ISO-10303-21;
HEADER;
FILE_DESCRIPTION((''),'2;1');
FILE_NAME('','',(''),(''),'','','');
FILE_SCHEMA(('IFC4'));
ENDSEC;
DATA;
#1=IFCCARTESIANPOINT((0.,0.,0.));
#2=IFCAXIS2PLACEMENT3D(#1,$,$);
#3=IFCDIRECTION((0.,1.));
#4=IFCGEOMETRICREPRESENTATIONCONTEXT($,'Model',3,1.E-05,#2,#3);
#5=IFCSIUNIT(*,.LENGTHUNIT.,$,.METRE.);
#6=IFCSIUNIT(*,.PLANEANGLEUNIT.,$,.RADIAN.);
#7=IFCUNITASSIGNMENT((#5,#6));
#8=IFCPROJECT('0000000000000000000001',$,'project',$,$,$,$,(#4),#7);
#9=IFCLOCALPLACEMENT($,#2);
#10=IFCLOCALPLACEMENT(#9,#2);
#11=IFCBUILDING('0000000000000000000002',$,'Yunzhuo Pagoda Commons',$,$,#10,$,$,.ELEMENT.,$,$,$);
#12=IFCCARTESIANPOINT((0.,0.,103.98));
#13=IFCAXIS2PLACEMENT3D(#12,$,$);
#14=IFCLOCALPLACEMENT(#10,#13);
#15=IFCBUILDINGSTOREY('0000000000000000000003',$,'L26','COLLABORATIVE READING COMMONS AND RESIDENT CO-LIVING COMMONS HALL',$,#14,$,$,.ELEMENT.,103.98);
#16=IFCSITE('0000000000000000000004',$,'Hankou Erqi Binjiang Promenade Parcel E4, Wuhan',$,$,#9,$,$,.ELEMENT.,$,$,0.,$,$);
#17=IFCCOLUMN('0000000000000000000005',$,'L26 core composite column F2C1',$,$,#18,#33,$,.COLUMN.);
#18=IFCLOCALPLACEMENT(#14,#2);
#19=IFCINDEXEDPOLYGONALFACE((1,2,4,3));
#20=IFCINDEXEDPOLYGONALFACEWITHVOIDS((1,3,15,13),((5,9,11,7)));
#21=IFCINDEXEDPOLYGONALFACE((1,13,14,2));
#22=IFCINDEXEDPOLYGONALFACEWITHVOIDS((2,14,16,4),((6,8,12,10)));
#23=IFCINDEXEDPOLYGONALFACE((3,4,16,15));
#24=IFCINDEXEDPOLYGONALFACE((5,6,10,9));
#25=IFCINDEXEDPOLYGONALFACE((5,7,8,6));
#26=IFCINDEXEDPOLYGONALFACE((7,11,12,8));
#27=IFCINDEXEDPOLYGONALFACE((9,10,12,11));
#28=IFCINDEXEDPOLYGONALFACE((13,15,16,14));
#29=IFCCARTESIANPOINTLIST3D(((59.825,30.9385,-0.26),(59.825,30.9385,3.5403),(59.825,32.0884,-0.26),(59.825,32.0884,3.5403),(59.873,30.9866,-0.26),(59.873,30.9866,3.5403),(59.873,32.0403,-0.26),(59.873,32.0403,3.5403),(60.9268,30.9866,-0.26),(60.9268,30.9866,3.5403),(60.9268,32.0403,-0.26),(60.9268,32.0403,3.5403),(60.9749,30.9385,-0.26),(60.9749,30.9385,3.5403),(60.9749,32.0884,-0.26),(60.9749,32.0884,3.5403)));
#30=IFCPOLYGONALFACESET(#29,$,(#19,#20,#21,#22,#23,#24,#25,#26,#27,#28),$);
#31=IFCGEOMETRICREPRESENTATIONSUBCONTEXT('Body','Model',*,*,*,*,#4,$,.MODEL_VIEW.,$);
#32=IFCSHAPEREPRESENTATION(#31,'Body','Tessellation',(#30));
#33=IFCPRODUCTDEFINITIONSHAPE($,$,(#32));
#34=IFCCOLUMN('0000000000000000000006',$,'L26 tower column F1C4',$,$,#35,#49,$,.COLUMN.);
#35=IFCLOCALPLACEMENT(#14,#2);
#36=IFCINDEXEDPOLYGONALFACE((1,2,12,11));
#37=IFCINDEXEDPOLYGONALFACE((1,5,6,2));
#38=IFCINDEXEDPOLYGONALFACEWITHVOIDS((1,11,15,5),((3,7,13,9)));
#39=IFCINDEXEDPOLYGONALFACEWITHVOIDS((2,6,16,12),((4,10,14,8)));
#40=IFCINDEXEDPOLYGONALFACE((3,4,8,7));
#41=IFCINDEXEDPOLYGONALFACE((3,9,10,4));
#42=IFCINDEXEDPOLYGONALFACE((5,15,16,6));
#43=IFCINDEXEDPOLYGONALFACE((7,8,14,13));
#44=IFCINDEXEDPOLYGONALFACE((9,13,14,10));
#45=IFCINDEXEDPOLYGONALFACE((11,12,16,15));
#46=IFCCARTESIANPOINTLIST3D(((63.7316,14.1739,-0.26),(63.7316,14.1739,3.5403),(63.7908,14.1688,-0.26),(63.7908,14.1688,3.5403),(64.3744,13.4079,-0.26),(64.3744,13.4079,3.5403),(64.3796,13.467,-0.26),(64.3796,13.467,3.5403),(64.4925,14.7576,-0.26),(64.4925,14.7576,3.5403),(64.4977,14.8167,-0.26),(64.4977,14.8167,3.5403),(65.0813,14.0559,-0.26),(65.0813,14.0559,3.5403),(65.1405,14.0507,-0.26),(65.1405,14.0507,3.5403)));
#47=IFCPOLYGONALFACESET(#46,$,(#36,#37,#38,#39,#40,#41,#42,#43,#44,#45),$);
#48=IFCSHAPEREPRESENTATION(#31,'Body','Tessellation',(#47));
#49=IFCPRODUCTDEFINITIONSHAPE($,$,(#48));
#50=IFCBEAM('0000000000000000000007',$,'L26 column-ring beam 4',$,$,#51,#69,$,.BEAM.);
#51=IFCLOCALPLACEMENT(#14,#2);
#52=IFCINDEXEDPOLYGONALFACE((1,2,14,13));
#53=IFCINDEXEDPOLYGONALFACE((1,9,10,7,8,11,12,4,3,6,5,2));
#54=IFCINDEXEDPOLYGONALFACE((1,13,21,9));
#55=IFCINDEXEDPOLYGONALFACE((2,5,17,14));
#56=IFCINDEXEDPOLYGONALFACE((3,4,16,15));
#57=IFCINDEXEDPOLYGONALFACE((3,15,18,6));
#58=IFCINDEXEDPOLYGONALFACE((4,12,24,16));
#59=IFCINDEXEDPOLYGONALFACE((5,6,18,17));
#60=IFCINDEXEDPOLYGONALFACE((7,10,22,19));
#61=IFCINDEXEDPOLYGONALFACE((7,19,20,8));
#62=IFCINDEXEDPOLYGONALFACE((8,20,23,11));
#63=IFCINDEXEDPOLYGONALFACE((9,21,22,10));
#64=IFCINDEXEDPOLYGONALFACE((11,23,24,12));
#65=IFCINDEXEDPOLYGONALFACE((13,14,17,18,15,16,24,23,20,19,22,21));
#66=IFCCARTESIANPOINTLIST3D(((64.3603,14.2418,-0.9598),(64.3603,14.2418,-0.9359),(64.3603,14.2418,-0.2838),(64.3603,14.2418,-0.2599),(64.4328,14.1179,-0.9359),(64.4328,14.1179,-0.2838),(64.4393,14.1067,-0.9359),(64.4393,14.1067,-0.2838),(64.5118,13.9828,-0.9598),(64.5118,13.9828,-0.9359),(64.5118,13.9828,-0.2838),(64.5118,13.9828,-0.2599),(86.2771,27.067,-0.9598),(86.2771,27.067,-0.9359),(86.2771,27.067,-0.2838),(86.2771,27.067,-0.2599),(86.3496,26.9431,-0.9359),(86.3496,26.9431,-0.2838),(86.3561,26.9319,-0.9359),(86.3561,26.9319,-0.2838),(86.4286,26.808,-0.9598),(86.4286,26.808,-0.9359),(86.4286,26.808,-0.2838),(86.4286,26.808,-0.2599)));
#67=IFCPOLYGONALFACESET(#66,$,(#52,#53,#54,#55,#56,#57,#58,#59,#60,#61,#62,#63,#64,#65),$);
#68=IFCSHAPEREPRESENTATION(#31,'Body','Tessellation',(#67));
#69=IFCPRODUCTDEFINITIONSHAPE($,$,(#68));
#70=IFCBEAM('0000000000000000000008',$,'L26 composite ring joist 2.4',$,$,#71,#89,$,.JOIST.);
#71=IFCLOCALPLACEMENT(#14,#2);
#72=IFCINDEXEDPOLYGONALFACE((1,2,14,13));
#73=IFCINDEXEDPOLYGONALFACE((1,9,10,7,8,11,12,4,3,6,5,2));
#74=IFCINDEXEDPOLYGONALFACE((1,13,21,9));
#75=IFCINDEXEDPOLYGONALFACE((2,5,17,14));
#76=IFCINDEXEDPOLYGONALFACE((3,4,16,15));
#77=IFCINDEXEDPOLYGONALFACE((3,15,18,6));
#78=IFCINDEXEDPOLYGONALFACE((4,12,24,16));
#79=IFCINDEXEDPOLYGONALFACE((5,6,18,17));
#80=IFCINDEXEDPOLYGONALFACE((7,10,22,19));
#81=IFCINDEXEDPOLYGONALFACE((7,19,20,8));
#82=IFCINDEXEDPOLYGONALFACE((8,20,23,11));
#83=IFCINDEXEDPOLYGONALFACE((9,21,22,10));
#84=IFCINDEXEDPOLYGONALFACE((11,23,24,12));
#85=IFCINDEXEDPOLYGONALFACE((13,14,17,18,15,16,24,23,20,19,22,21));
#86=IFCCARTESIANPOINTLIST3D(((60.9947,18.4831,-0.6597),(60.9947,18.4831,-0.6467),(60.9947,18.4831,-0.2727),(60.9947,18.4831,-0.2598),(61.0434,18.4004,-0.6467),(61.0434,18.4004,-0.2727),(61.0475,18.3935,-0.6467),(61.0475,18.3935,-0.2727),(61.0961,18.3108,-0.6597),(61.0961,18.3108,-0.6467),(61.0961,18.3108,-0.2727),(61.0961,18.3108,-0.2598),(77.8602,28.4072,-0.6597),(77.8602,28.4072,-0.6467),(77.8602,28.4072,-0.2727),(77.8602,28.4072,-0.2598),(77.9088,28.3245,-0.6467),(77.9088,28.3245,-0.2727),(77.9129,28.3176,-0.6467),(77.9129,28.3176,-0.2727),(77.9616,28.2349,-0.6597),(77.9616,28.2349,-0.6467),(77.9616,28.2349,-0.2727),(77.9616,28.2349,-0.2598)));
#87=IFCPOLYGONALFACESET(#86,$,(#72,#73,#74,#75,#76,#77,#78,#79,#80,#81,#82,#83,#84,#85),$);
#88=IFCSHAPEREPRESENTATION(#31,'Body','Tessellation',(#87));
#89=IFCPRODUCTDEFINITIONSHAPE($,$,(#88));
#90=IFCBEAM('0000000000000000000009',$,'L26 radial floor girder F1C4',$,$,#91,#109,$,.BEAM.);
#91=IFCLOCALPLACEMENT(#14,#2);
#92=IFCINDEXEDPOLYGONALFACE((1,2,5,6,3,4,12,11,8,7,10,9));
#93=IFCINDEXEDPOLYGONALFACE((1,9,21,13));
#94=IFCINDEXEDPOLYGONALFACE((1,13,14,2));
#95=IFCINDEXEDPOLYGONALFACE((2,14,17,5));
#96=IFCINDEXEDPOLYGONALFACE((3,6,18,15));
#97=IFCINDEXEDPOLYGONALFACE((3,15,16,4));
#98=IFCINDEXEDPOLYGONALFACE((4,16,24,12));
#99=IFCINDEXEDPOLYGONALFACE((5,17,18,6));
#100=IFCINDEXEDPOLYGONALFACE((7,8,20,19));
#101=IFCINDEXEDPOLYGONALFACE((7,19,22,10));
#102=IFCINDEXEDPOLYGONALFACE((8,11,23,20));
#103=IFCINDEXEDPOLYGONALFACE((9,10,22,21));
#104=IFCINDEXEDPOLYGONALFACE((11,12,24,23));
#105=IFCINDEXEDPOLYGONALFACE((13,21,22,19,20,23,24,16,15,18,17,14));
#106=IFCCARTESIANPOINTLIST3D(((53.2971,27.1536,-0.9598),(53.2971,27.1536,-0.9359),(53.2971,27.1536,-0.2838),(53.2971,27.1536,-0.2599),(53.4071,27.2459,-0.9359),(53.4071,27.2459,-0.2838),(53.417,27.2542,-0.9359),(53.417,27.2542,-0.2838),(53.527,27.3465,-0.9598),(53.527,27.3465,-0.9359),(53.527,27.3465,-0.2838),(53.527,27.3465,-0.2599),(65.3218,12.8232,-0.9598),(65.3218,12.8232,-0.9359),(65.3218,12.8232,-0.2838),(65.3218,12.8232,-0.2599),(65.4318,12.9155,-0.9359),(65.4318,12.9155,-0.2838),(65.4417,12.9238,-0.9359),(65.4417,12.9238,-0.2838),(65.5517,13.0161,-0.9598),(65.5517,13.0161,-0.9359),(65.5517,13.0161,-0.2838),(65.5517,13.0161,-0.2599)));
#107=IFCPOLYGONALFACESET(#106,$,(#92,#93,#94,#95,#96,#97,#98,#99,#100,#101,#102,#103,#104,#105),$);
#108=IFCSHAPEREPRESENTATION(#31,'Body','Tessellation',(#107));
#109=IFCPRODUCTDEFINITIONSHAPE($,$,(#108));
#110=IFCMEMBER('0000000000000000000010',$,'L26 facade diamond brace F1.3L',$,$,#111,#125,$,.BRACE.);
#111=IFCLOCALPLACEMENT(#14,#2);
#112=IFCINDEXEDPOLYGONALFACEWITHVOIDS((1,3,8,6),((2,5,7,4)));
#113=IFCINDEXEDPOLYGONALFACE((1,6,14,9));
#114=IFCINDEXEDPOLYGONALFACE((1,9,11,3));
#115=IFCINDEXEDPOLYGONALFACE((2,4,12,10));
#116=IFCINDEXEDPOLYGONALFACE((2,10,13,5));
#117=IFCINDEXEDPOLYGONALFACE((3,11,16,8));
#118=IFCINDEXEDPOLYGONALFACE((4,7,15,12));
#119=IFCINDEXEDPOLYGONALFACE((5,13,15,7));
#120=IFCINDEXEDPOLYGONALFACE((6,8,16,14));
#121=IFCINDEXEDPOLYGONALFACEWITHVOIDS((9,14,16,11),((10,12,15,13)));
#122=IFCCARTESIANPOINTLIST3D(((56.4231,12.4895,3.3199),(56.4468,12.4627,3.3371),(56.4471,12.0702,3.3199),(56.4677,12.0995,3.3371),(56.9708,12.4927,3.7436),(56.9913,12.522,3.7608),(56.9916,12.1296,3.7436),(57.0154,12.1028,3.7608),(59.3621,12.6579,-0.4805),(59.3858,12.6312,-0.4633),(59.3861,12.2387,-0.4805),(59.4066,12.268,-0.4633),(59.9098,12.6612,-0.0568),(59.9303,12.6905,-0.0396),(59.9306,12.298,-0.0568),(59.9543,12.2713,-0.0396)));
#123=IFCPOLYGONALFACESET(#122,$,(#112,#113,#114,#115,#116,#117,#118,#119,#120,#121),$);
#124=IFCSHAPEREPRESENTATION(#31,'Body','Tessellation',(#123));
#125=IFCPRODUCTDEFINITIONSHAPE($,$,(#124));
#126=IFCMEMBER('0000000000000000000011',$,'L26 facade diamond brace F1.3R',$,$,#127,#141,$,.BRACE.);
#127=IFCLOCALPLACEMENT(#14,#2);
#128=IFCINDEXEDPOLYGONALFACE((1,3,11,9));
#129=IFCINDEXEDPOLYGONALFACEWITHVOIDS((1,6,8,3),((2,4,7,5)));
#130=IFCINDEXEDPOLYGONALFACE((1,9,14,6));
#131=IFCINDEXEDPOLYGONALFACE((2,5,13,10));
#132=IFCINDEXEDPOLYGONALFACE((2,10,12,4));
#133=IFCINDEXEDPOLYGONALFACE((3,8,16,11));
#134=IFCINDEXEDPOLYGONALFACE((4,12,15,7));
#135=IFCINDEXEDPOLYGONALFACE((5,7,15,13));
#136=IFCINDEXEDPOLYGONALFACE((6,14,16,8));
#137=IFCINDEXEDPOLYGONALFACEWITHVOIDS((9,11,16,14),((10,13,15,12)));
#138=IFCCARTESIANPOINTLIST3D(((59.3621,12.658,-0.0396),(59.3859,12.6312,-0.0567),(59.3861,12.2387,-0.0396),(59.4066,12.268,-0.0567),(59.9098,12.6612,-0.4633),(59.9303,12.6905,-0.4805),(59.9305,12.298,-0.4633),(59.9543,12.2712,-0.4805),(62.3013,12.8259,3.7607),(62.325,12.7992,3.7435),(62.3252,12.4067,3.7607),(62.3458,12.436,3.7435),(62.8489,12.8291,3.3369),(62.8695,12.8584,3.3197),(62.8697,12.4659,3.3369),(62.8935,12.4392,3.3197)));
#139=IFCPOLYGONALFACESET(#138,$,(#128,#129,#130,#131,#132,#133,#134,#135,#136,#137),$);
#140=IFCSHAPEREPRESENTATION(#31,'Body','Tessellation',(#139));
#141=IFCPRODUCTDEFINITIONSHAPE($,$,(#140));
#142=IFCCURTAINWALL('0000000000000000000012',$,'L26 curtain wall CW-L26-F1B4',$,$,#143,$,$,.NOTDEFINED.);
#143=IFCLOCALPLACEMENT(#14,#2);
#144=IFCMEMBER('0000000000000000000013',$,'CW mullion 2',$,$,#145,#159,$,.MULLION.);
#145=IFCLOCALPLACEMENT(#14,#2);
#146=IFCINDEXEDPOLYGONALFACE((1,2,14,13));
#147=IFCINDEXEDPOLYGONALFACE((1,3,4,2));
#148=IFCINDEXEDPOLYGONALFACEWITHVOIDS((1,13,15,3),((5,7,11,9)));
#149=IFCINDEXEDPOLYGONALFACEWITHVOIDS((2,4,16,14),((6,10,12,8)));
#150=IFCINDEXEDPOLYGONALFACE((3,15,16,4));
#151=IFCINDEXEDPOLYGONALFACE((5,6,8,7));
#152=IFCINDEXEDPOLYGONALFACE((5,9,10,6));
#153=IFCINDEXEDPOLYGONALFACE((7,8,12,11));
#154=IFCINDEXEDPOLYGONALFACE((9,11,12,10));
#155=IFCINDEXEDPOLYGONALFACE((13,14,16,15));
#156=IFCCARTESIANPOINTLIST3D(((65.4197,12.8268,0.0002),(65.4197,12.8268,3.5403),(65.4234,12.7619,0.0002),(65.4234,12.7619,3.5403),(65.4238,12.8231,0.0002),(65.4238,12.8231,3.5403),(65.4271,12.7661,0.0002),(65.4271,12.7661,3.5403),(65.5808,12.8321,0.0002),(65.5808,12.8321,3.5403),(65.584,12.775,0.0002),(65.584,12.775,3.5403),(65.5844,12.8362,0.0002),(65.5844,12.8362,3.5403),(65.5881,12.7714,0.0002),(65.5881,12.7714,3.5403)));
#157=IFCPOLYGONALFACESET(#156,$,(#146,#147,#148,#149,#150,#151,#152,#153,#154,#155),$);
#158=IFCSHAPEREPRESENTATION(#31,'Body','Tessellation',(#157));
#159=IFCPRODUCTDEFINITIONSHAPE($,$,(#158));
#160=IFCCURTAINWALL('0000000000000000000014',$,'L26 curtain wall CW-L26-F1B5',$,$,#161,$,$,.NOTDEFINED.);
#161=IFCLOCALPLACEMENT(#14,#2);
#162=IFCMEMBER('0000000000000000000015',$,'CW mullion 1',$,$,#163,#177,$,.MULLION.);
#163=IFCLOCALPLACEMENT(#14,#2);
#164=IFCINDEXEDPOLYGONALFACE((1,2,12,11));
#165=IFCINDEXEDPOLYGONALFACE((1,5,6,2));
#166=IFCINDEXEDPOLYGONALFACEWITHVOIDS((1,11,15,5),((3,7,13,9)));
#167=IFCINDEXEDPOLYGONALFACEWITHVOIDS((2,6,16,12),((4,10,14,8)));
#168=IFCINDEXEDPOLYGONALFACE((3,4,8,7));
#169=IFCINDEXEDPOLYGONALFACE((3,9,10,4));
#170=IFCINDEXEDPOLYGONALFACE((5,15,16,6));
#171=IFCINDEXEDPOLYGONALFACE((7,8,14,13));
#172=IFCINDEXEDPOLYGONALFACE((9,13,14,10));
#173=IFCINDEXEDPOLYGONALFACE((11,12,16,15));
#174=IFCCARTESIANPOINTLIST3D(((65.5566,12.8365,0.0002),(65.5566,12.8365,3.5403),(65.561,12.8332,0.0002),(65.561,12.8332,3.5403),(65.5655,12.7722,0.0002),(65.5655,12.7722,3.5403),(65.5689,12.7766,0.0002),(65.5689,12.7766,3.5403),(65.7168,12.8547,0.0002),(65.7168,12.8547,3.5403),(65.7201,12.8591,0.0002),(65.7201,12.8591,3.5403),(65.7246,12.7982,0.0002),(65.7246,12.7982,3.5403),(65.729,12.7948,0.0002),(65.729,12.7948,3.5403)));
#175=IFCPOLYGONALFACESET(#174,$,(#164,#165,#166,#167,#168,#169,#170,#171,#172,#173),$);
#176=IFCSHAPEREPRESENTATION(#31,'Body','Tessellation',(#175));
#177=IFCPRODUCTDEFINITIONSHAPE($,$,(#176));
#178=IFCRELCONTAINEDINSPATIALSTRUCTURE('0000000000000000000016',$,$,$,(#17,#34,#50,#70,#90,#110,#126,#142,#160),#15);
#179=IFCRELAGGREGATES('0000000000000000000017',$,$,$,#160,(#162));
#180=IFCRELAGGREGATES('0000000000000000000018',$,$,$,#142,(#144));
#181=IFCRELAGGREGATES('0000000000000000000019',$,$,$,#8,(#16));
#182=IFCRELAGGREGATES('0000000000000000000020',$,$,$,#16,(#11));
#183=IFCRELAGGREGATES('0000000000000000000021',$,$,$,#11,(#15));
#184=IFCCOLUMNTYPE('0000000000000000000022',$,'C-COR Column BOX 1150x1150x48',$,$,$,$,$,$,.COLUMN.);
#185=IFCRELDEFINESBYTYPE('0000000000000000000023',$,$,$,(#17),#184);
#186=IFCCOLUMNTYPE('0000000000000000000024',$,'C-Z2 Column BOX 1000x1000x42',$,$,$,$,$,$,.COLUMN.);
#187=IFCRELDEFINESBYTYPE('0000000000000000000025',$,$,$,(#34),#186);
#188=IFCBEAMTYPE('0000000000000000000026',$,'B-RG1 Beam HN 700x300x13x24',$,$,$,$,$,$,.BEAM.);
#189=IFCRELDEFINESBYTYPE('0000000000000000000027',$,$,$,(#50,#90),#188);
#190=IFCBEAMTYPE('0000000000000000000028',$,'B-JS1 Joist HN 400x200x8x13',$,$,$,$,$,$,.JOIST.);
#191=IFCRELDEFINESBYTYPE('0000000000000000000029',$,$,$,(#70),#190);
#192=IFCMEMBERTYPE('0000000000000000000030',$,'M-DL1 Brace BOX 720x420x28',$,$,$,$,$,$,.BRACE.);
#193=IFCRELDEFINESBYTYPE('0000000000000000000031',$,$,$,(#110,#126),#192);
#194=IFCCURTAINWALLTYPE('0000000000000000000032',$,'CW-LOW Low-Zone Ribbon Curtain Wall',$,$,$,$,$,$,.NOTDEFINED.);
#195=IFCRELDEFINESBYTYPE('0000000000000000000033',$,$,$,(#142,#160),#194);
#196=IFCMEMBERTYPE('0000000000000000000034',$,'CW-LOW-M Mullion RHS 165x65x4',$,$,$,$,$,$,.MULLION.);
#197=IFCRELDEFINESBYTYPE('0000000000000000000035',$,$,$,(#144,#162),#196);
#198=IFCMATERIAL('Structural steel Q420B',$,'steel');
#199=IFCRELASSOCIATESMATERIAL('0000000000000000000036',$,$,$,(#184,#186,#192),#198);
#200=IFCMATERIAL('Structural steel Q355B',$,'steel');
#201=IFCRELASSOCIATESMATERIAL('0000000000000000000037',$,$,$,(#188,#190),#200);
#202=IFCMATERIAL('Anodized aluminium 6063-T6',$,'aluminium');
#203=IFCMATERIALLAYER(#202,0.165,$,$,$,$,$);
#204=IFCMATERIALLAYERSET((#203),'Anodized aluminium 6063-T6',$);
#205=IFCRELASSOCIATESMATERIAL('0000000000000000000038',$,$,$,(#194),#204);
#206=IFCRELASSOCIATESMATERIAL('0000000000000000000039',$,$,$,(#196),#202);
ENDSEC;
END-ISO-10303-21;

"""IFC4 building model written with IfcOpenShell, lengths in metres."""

from ifc_helpers import new_model, si_unit, direction, frame, origin, origin_2d, place, context, subcontext, project, spatial, hollow_rectangle, i_section, extrude, source, transform, mapped, material, layer, layer_set, material_profile, profile_set, type_object, element, aggregate, save


model = new_model("IFC4")

# Units and contexts
model_context = context("Model", 3, precision=1e-05, world=origin(), true_north=direction((0.0, 1.0)))
body_context = subcontext(model_context, "Body", "Model", "MODEL_VIEW")
ifc_project = project(units=[si_unit("LENGTHUNIT", "METRE"), si_unit("PLANEANGLEUNIT", "RADIAN")], contexts=[model_context])

# Site, building, storey
site_placement = place(None, origin())
site = spatial("IfcSite", under=ifc_project, at=site_placement, Name="Hankou Erqi Binjiang Promenade Parcel E4, Wuhan", CompositionType="ELEMENT", RefElevation=0.0)
building_placement = place(site_placement, origin())
building = spatial("IfcBuilding", under=site, at=building_placement, Name="Yunzhuo Pagoda Commons", CompositionType="ELEMENT")
storey_placement = place(building_placement, frame((0.0, 0.0, 103.98)))
storey = spatial("IfcBuildingStorey", under=building, at=storey_placement, Name="L26", Description="COLLABORATIVE READING COMMONS AND RESIDENT CO-LIVING COMMONS HALL", CompositionType="ELEMENT", Elevation=103.98)

# Columns
ifc_material_1 = material(Name="Structural steel Q420B", Category="steel")
ifc_material_profile_1 = material_profile(ifc_material_1, hollow_rectangle(XDim=1.1499, YDim=1.1499, WallThickness=0.0481, at=origin_2d()), Name="Structural steel Q420B")
ifc_profile_set_1 = profile_set([ifc_material_profile_1], Name="Structural steel Q420B")
column_type_1 = type_object("IfcColumnType", Name="C-COR Column BOX 1150x1150x48", PredefinedType="COLUMN", material=ifc_profile_set_1)
shared_shape_1 = source(origin(), body_context, "Body", "SweptSolid", [
    extrude(hollow_rectangle(XDim=1.1499, YDim=1.1499, WallThickness=0.0481, at=origin_2d()), origin(), (0.0, 0.0, 1.0), 3.8003),
])
column_1_placement = place(storey_placement, frame((60.3999, 31.5134, -0.26), z_axis=(0.0, 0.0, 1.0), x_axis=(1.0, 0.0, 0.0)))
element("IfcColumn", 1, at=column_1_placement, inside=storey, type_object=column_type_1, Name="L26 core composite column F2C1", PredefinedType="COLUMN", context=body_context, shape_type="MappedRepresentation", body=[
    mapped(shared_shape_1, transform((0.0, 0.0, 0.0), scale=1.0)),
])
ifc_material_profile_2 = material_profile(ifc_material_1, hollow_rectangle(XDim=1.0, YDim=1.0, WallThickness=0.042, at=origin_2d()), Name="Structural steel Q420B")
ifc_profile_set_2 = profile_set([ifc_material_profile_2], Name="Structural steel Q420B")
column_type_2 = type_object("IfcColumnType", Name="C-Z2 Column BOX 1000x1000x42", PredefinedType="COLUMN", material=ifc_profile_set_2)
shared_shape_2 = source(origin(), body_context, "Body", "SweptSolid", [
    extrude(hollow_rectangle(XDim=1.0, YDim=1.0, WallThickness=0.042, at=origin_2d()), origin(), (0.0, 0.0, 1.0), 3.8003),
])
column_2_placement = place(storey_placement, frame((64.436, 14.1123, -0.26), z_axis=(0.0, 0.0, 1.0), x_axis=(0.766044, 0.642788, 0.0)))
element("IfcColumn", 2, at=column_2_placement, inside=storey, type_object=column_type_2, Name="L26 tower column F1C4", PredefinedType="COLUMN", context=body_context, shape_type="MappedRepresentation", body=[
    mapped(shared_shape_2, transform((0.0, 0.0, 0.0), scale=1.0)),
])

# Beams
ifc_material_2 = material(Name="Structural steel Q355B", Category="steel")
ifc_material_profile_3 = material_profile(ifc_material_2, i_section(OverallWidth=0.3, OverallDepth=0.7, WebThickness=0.0129, FlangeThickness=0.0239, at=origin_2d()), Name="Structural steel Q355B")
ifc_profile_set_3 = profile_set([ifc_material_profile_3], Name="Structural steel Q355B")
beam_type_1 = type_object("IfcBeamType", Name="B-RG1 Beam HN 700x300x13x24", PredefinedType="BEAM", material=ifc_profile_set_3)
shared_shape_3 = source(origin(), body_context, "Body", "SweptSolid", [
    extrude(i_section(OverallWidth=0.3, OverallDepth=0.7, WebThickness=0.0129, FlangeThickness=0.0239, at=origin_2d()), origin(), (0.0, 0.0, 1.0), 25.3936),
])
beam_1_placement = place(storey_placement, frame((64.436, 14.1123, -0.6099), z_axis=(0.863085, 0.505058, 0.0), x_axis=(-0.505058, 0.863085, 0.0)))
element("IfcBeam", 3, at=beam_1_placement, inside=storey, type_object=beam_type_1, Name="L26 column-ring beam 4", PredefinedType="BEAM", context=body_context, shape_type="MappedRepresentation", body=[
    mapped(shared_shape_3, transform((0.0, 0.0, 0.0), scale=1.0)),
])
ifc_material_profile_4 = material_profile(ifc_material_2, i_section(OverallWidth=0.2, OverallDepth=0.3999, WebThickness=0.0081, FlangeThickness=0.0129, at=origin_2d()), Name="Structural steel Q355B")
ifc_profile_set_4 = profile_set([ifc_material_profile_4], Name="Structural steel Q355B")
beam_type_2 = type_object("IfcBeamType", Name="B-JS1 Joist HN 400x200x8x13", PredefinedType="JOIST", material=ifc_profile_set_4)
shared_shape_4 = source(origin(), body_context, "Body", "SweptSolid", [
    extrude(i_section(OverallWidth=0.2, OverallDepth=0.3999, WebThickness=0.0081, FlangeThickness=0.0129, at=origin_2d()), origin(), (0.0, 0.0, 1.0), 19.5686),
])
beam_2_placement = place(storey_placement, frame((61.0454, 18.397, -0.4597), z_axis=(0.861863, 0.507142, 0.0), x_axis=(-0.507142, 0.861863, 0.0)))
element("IfcBeam", 4, at=beam_2_placement, inside=storey, type_object=beam_type_2, Name="L26 composite ring joist 2.4", PredefinedType="JOIST", context=body_context, shape_type="MappedRepresentation", body=[
    mapped(shared_shape_4, transform((0.0, 0.0, 0.0), scale=1.0)),
])
shared_shape_5 = source(origin(), body_context, "Body", "SweptSolid", [
    extrude(i_section(OverallWidth=0.3, OverallDepth=0.7, WebThickness=0.0129, FlangeThickness=0.0239, at=origin_2d()), origin(), (0.0, 0.0, 1.0), 18.707),
])
beam_3_placement = place(storey_placement, frame((65.4368, 12.9197, -0.6099), z_axis=(-0.64279, 0.766042, 0.0), x_axis=(-0.766042, -0.64279, 0.0)))
element("IfcBeam", 5, at=beam_3_placement, inside=storey, type_object=beam_type_1, Name="L26 radial floor girder F1C4", PredefinedType="BEAM", context=body_context, shape_type="MappedRepresentation", body=[
    mapped(shared_shape_5, transform((0.0, 0.0, 0.0), scale=1.0)),
])

# Members
ifc_material_profile_5 = material_profile(ifc_material_1, hollow_rectangle(XDim=0.4199, YDim=0.72, WallThickness=0.0281, at=origin_2d()), Name="Structural steel Q420B")
ifc_profile_set_5 = profile_set([ifc_material_profile_5], Name="Structural steel Q420B")
member_type_1 = type_object("IfcMemberType", Name="M-DL1 Brace BOX 720x420x28", PredefinedType="BRACE", material=ifc_profile_set_5)
shared_shape_6 = source(origin(), body_context, "Body", "SweptSolid", [
    extrude(hollow_rectangle(XDim=0.4199, YDim=0.72, WallThickness=0.0281, at=origin_2d()), origin(), (0.0, 0.0, 1.0), 4.8071),
])
for number, where, z_axis, x_axis, name in (
    (6, (59.6582, 12.4646, -0.26), (-0.611381, -0.035043, 0.79056), (0.057225, -0.998361, 0.0), "L26 facade diamond brace F1.3L"),
    (7, (59.6582, 12.4646, -0.26), (0.611415, 0.034941, 0.790538), (-0.057055, 0.998371, 0.0), "L26 facade diamond brace F1.3R"),
):
    element("IfcMember", number, at=place(storey_placement, frame(where, z_axis=z_axis, x_axis=x_axis)), inside=storey, type_object=member_type_1, Name=name, PredefinedType="BRACE", context=body_context, shape_type="MappedRepresentation", body=[
        mapped(shared_shape_6, transform((0.0, 0.0, 0.0), scale=1.0)),
    ])

# Curtain wall, member
ifc_material_3 = material(Name="Anodized aluminium 6063-T6", Category="aluminium")
ifc_layer_1 = layer(ifc_material_3, 0.165)
ifc_layer_set_1 = layer_set([ifc_layer_1], Name="Anodized aluminium 6063-T6")
curtain_wall_type = type_object("IfcCurtainWallType", Name="CW-LOW Low-Zone Ribbon Curtain Wall", PredefinedType="NOTDEFINED", material=ifc_layer_set_1)
curtain_wall_1_placement = place(storey_placement, origin())
curtain_wall_1 = element("IfcCurtainWall", 8, at=curtain_wall_1_placement, inside=storey, type_object=curtain_wall_type, Name="L26 curtain wall CW-L26-F1B4", PredefinedType="NOTDEFINED")
ifc_material_profile_6 = material_profile(ifc_material_3, hollow_rectangle(XDim=0.0649, YDim=0.165, WallThickness=0.0039, at=origin_2d()), Name="Anodized aluminium 6063-T6")
ifc_profile_set_6 = profile_set([ifc_material_profile_6], Name="Anodized aluminium 6063-T6")
member_type_2 = type_object("IfcMemberType", Name="CW-LOW-M Mullion RHS 165x65x4", PredefinedType="MULLION", material=ifc_profile_set_6)
shared_shape_7 = source(origin(), body_context, "Body", "SweptSolid", [
    extrude(hollow_rectangle(XDim=0.0649, YDim=0.165, WallThickness=0.0039, at=origin_2d()), origin(), (0.0, 0.0, 1.0), 3.54),
])
member_1_placement = place(storey_placement, frame((65.5039, 12.7991, 0.0002), z_axis=(0.0, 0.0, 1.0), x_axis=(-0.057153, 0.998365, 0.0)))
member_1 = element("IfcMember", 9, at=member_1_placement, type_object=member_type_2, Name="CW mullion 2", PredefinedType="MULLION", context=body_context, shape_type="MappedRepresentation", body=[
    mapped(shared_shape_7, transform((0.0, 0.0, 0.0), scale=1.0)),
])

# Curtain wall, member
curtain_wall_2_placement = place(storey_placement, origin())
curtain_wall_2 = element("IfcCurtainWall", 10, at=curtain_wall_2_placement, inside=storey, type_object=curtain_wall_type, Name="L26 curtain wall CW-L26-F1B5", PredefinedType="NOTDEFINED")
member_2_placement = place(storey_placement, frame((65.6428, 12.8157, 0.0002), z_axis=(0.0, 0.0, 1.0), x_axis=(-0.137082, 0.99056, 0.0)))
member_2 = element("IfcMember", 11, at=member_2_placement, type_object=member_type_2, Name="CW mullion 1", PredefinedType="MULLION", context=body_context, shape_type="MappedRepresentation", body=[
    mapped(shared_shape_7, transform((0.0, 0.0, 0.0), scale=1.0)),
])
aggregate(curtain_wall_2, [member_2])

aggregate(curtain_wall_1, [member_1])

save(model, "model.ifc")
